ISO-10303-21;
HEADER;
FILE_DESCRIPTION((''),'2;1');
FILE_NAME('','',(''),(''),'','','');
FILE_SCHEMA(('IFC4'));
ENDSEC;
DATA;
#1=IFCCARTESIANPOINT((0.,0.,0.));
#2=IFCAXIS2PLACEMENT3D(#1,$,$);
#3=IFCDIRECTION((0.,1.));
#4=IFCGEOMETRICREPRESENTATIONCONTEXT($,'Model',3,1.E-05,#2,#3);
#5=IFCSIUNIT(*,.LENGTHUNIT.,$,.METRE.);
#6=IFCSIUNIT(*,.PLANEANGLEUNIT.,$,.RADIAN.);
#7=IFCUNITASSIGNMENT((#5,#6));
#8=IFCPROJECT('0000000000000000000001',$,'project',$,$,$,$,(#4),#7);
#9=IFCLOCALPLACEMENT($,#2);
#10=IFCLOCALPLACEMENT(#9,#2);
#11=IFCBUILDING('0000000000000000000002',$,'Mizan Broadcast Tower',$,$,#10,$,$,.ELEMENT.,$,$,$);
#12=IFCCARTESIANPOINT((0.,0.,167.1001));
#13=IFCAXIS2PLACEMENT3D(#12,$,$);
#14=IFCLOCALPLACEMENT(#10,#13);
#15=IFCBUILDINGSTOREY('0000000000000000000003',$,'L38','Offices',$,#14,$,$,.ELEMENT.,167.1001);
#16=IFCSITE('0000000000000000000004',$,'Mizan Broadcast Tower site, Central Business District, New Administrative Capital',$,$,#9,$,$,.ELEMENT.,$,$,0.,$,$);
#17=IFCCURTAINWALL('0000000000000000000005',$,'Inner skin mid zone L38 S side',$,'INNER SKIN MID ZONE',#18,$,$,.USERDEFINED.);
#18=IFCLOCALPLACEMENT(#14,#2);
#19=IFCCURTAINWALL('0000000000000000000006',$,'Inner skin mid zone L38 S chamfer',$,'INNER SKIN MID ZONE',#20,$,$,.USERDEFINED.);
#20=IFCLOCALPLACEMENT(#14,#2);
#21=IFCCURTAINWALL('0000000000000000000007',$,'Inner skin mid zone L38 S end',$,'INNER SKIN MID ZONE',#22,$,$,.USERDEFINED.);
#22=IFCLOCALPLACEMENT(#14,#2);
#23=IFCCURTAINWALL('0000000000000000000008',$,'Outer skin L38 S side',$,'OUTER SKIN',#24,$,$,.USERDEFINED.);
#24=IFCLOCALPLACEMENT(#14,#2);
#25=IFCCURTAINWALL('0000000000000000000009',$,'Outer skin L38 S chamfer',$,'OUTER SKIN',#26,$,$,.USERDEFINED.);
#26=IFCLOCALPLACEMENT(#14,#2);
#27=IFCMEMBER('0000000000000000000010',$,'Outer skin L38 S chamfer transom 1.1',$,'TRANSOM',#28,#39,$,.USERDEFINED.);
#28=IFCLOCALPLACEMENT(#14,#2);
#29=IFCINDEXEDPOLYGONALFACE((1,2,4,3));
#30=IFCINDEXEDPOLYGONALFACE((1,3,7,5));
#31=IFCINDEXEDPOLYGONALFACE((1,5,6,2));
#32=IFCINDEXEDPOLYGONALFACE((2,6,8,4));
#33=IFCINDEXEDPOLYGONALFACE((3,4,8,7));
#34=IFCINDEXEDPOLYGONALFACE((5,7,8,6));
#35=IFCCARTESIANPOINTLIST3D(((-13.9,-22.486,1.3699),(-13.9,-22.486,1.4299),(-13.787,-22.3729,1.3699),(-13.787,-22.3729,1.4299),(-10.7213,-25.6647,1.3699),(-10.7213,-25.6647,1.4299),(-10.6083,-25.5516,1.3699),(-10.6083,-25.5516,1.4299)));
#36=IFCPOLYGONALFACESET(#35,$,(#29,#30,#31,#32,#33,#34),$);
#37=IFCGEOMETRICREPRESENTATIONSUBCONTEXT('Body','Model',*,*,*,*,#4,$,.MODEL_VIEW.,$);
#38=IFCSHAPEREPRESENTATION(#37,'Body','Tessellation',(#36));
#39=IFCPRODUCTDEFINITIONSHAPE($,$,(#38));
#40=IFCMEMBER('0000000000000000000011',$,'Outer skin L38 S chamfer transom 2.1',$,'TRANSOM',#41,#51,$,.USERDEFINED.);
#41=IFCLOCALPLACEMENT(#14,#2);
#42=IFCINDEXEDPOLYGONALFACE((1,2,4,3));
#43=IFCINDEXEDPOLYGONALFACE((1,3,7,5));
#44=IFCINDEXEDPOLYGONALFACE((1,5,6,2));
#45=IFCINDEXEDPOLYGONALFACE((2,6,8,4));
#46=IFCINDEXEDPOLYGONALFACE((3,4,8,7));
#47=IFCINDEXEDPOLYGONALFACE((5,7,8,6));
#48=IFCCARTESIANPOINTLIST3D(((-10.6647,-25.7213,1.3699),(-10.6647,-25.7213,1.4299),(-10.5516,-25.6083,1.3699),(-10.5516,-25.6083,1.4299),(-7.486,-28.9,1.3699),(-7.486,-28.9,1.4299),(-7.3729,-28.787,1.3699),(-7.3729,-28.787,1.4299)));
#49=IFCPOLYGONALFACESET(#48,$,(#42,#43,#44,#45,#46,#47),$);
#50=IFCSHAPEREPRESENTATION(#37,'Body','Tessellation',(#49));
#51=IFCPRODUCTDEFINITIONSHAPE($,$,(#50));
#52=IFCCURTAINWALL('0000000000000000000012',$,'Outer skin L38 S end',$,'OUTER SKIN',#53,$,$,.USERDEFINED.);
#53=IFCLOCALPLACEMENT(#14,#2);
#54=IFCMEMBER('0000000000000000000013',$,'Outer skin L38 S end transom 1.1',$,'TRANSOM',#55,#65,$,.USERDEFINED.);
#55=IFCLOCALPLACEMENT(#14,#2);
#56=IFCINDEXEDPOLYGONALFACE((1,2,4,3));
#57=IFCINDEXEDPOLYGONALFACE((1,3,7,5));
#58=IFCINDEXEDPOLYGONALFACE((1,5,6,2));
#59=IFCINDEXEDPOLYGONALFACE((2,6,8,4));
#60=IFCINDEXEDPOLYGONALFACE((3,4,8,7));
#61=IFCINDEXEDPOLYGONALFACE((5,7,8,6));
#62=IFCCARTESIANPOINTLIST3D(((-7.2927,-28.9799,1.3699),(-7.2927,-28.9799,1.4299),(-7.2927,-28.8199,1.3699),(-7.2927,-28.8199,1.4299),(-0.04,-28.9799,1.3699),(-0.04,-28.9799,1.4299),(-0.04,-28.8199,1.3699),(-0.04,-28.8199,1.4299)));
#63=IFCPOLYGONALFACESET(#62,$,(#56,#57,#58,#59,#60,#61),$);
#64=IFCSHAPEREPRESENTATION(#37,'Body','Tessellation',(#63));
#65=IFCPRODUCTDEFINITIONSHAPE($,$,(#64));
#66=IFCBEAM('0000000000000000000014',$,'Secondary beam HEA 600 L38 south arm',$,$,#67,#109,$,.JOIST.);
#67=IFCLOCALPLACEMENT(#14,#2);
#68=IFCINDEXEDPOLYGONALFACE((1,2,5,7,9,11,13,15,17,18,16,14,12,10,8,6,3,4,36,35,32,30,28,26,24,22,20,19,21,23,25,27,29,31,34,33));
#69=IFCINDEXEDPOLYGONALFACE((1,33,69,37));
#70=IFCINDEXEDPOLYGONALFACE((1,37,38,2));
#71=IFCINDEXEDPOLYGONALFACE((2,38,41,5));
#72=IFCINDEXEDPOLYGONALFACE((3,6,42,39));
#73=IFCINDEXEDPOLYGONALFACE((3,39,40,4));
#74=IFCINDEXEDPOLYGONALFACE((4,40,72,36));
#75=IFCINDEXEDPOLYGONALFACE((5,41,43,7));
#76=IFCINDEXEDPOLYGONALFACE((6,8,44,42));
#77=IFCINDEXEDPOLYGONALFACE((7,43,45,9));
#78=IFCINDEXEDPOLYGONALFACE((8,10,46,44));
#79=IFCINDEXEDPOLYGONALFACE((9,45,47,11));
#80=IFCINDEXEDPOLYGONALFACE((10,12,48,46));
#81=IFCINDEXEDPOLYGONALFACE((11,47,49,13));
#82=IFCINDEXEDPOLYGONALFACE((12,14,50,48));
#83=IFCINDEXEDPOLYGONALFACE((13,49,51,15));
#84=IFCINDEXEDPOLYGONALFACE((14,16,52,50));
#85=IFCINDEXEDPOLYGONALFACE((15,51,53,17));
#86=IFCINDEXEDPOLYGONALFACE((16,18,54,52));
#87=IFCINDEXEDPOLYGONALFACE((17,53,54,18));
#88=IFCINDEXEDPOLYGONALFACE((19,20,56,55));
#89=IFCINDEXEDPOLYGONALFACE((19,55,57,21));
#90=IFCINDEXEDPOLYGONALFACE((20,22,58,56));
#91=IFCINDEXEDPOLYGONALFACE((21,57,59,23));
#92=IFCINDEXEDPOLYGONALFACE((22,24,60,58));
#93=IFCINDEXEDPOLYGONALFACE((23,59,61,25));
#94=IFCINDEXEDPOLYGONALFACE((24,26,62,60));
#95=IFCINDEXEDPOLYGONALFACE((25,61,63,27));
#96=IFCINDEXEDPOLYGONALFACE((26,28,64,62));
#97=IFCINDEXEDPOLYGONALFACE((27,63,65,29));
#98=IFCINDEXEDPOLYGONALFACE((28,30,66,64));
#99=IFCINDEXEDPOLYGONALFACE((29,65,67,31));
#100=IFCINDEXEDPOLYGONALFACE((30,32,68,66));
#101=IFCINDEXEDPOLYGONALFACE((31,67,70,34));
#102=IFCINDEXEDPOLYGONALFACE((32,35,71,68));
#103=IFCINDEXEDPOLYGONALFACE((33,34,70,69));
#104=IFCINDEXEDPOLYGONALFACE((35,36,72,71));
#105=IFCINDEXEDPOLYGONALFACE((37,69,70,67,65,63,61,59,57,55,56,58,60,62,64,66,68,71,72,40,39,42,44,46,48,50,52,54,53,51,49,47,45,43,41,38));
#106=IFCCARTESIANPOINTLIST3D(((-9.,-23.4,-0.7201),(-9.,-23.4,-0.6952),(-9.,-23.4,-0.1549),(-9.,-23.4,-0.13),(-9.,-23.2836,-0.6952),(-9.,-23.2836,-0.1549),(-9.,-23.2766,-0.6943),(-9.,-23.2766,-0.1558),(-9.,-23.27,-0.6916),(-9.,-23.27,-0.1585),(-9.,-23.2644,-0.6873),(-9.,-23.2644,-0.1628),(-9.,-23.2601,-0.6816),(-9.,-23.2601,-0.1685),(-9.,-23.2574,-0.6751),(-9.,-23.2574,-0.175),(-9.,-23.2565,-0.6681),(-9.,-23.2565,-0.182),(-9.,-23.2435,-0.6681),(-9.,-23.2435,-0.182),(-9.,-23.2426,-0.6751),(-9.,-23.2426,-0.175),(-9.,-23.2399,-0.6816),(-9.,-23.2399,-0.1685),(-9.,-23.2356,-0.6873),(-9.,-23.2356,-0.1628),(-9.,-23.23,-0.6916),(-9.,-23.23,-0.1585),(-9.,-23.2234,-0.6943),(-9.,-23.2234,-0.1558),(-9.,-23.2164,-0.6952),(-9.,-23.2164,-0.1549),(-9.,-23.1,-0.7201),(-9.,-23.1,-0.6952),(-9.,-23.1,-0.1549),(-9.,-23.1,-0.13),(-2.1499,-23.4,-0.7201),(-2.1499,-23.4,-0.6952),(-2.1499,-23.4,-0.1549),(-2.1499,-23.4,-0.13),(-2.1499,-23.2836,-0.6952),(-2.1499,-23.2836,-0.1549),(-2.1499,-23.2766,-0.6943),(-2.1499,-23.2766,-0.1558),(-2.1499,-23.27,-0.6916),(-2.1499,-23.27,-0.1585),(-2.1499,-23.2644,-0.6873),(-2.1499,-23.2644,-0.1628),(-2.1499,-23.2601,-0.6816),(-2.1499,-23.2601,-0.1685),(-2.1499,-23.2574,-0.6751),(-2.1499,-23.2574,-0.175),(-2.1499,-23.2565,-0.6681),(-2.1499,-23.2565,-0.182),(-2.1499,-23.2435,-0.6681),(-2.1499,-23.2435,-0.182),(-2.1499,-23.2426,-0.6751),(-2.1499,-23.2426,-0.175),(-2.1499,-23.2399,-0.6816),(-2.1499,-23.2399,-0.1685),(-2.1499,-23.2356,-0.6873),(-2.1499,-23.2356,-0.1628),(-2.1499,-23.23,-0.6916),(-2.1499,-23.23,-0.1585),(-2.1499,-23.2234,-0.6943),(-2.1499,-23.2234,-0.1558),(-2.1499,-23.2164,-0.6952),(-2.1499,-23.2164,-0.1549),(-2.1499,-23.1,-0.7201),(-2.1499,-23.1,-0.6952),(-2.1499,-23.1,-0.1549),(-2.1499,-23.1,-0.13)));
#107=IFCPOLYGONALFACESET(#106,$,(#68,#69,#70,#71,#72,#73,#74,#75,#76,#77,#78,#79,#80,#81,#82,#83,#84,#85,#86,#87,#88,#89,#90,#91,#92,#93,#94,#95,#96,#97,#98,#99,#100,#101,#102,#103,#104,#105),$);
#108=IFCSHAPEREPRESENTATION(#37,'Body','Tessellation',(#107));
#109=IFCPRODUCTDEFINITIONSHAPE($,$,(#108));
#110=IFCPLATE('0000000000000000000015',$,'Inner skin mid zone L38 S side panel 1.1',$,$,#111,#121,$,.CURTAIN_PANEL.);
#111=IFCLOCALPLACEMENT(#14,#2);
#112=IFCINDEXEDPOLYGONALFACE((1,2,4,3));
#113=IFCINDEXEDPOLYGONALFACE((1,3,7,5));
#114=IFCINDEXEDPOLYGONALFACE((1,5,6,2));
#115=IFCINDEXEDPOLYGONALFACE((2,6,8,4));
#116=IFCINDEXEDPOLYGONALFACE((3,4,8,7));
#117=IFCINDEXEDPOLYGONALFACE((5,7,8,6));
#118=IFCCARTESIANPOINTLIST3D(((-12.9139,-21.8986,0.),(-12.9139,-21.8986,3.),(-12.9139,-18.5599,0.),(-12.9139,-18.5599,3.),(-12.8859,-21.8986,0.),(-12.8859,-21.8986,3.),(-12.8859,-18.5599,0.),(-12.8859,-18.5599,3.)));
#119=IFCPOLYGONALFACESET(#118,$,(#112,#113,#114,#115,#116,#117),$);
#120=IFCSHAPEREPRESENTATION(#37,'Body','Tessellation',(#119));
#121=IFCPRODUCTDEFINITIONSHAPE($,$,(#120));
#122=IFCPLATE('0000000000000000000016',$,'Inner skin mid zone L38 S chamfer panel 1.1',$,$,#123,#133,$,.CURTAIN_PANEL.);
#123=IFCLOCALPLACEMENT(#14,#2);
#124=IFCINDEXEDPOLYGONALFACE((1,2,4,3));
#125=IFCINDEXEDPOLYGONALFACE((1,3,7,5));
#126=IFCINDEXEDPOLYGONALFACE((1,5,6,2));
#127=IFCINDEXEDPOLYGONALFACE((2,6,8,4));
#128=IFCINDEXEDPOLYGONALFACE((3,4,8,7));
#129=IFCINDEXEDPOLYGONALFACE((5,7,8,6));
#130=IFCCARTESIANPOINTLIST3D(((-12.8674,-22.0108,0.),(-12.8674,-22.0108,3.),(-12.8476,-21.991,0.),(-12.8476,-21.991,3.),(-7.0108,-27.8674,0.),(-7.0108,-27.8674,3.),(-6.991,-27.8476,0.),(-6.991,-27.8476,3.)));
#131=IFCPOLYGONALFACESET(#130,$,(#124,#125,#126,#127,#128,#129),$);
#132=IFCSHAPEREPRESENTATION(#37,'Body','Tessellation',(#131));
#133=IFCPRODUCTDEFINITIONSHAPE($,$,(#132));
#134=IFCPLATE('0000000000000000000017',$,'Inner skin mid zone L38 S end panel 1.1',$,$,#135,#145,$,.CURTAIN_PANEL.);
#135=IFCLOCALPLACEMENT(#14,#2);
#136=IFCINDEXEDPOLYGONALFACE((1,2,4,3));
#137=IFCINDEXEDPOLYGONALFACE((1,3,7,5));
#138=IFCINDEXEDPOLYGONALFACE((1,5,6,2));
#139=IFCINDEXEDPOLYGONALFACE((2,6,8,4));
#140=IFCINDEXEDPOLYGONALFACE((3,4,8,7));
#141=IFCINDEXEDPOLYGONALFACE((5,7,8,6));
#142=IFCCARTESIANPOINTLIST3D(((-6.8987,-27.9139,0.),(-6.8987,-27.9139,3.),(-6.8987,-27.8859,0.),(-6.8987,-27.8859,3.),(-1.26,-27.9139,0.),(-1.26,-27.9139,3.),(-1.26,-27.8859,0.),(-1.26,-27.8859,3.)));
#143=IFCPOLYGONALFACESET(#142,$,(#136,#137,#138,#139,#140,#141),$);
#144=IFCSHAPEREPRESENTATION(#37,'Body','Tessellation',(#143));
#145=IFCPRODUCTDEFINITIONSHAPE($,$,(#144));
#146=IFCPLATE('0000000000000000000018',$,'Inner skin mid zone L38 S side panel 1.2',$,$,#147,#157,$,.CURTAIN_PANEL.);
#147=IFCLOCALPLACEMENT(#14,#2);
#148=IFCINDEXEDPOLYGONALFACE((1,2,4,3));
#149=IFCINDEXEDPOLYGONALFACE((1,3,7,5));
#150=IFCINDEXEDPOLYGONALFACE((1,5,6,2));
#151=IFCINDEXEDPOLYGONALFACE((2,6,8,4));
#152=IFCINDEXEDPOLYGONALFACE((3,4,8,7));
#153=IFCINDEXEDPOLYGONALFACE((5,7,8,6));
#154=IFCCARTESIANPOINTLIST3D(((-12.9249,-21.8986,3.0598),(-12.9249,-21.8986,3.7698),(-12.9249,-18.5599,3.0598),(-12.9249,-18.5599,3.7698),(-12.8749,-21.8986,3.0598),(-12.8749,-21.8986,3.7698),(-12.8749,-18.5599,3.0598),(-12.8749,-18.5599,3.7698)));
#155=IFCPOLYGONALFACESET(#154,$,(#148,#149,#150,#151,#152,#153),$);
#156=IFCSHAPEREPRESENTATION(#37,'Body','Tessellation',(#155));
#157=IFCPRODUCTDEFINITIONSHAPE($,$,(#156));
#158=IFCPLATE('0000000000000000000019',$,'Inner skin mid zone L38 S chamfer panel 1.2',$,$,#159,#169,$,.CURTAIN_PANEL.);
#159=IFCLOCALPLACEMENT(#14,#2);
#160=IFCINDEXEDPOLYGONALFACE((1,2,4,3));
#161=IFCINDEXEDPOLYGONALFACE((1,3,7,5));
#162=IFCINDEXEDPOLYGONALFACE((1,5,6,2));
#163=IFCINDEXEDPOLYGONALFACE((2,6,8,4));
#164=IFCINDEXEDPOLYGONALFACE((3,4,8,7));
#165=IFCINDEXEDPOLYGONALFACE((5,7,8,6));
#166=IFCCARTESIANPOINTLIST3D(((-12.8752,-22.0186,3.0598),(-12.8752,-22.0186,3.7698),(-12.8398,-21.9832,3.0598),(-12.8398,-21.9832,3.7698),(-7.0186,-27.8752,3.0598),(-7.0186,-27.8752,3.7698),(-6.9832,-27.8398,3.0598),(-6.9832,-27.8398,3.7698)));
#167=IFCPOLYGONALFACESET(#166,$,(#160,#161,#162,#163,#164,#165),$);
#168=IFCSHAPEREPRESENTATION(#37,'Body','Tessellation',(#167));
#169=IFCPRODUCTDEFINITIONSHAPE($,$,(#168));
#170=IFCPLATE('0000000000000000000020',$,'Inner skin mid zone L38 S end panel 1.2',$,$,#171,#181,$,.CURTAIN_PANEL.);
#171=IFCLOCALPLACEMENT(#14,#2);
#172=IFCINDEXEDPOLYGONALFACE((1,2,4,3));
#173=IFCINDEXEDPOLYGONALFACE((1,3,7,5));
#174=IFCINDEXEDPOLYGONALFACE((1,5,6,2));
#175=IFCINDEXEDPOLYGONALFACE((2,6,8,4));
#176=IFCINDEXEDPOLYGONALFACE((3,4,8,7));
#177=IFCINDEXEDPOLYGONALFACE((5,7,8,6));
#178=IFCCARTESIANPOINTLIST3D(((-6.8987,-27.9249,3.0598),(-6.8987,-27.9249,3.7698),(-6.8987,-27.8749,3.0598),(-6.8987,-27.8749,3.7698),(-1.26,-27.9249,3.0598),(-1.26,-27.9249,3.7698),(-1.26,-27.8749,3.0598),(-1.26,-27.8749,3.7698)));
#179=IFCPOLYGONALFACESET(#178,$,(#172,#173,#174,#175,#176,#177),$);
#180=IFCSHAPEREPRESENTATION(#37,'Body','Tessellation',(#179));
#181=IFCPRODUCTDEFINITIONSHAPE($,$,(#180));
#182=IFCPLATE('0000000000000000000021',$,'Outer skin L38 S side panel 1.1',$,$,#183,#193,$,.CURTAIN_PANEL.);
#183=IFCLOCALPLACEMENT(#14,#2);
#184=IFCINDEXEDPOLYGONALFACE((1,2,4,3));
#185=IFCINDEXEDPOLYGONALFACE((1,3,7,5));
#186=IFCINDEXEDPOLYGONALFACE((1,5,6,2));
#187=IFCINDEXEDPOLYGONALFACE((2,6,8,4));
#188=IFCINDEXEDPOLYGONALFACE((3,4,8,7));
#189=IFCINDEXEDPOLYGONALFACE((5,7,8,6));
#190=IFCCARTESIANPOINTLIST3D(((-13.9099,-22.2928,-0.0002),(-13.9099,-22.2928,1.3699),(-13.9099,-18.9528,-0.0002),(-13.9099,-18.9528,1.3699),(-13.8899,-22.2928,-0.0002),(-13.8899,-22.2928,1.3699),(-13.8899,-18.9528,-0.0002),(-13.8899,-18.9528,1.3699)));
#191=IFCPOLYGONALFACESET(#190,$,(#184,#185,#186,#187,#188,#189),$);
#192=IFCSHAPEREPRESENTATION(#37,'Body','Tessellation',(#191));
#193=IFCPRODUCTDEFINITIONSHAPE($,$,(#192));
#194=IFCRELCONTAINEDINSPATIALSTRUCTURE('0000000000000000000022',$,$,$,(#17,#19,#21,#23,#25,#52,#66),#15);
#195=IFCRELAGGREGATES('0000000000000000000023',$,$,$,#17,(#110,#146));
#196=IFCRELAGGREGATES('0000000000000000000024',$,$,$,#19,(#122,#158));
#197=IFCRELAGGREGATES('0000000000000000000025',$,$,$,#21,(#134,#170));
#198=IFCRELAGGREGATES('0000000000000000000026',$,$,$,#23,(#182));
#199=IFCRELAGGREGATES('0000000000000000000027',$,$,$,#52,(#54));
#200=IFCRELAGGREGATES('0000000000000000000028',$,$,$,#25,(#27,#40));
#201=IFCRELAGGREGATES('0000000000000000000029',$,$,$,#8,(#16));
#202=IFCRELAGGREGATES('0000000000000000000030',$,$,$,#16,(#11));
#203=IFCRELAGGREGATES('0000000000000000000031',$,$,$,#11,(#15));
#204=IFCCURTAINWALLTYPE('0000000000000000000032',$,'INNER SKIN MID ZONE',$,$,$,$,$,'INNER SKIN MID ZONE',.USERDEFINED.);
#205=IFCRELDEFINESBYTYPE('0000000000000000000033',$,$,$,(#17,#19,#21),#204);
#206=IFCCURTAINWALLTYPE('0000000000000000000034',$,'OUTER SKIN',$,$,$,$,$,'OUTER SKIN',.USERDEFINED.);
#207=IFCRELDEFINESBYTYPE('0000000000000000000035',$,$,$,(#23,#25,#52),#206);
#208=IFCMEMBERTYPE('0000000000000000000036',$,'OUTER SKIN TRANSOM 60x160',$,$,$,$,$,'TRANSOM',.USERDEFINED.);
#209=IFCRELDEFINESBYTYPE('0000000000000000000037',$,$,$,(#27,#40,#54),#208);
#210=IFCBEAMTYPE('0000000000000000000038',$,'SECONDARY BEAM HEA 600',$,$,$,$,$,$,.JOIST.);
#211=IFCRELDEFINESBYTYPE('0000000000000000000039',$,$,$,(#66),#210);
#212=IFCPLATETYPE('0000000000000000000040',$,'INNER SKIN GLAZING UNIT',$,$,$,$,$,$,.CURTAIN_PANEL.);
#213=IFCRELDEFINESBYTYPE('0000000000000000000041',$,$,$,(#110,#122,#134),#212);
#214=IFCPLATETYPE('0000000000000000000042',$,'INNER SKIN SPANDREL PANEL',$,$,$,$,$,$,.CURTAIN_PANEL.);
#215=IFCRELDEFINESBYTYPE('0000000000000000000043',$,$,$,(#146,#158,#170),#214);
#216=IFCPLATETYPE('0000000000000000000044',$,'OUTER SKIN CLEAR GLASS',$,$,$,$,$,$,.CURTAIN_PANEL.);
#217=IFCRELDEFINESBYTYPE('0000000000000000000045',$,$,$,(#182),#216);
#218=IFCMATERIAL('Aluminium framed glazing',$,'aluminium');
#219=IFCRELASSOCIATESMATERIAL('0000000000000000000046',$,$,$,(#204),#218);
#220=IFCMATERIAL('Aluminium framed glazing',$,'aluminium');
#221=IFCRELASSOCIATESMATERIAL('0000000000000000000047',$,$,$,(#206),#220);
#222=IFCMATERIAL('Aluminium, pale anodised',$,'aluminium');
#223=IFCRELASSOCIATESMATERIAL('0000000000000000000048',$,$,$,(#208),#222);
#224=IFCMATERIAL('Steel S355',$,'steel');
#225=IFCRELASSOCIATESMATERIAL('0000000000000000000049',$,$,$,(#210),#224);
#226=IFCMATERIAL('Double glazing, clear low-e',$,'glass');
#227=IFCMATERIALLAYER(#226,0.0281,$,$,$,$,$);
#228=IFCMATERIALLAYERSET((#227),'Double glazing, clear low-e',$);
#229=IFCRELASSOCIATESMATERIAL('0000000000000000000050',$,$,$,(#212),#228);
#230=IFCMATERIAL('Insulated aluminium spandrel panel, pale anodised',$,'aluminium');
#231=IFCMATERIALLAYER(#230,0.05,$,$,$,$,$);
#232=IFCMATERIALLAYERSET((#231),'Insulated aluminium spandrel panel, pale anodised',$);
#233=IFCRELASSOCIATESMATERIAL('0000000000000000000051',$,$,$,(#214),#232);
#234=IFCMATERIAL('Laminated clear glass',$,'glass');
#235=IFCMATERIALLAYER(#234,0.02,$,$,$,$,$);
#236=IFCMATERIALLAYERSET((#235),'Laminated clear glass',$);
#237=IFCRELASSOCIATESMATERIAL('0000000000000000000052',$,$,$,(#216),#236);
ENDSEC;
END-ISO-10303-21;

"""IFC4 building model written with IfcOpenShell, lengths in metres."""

from ifc_helpers import new_model, si_unit, direction, frame, origin, origin_2d, place, context, subcontext, project, spatial, rectangle, i_section, extrude, material, layer, layer_set, material_profile, profile_set, type_object, element, aggregate, save


model = new_model("IFC4")

# Units and contexts
model_context = context("Model", 3, precision=1e-05, world=origin(), true_north=direction((0.0, 1.0)))
body_context = subcontext(model_context, "Body", "Model", "MODEL_VIEW")
ifc_project = project(units=[si_unit("LENGTHUNIT", "METRE"), si_unit("PLANEANGLEUNIT", "RADIAN")], contexts=[model_context])

# Site, building, storey
site_placement = place(None, origin())
site = spatial("IfcSite", under=ifc_project, at=site_placement, Name="Mizan Broadcast Tower site, Central Business District, New Administrative Capital", CompositionType="ELEMENT", RefElevation=0.0)
building_placement = place(site_placement, origin())
building = spatial("IfcBuilding", under=site, at=building_placement, Name="Mizan Broadcast Tower", CompositionType="ELEMENT")
storey_placement = place(building_placement, frame((0.0, 0.0, 167.1001)))
storey = spatial("IfcBuildingStorey", under=building, at=storey_placement, Name="L38", Description="Offices", CompositionType="ELEMENT", Elevation=167.1001)

# Curtain walls
ifc_material_1 = material(Name="Aluminium framed glazing", Category="aluminium")
curtain_wall_type_1 = type_object("IfcCurtainWallType", Name="INNER SKIN MID ZONE", ElementType="INNER SKIN MID ZONE", PredefinedType="USERDEFINED", material=ifc_material_1)
curtain_wall_1_placement = place(storey_placement, origin())
curtain_wall_1 = element("IfcCurtainWall", 1, at=curtain_wall_1_placement, inside=storey, type_object=curtain_wall_type_1, Name="Inner skin mid zone L38 S side", ObjectType="INNER SKIN MID ZONE", PredefinedType="USERDEFINED")
curtain_wall_2_placement = place(storey_placement, origin())
curtain_wall_2 = element("IfcCurtainWall", 2, at=curtain_wall_2_placement, inside=storey, type_object=curtain_wall_type_1, Name="Inner skin mid zone L38 S chamfer", ObjectType="INNER SKIN MID ZONE", PredefinedType="USERDEFINED")
curtain_wall_3_placement = place(storey_placement, origin())
curtain_wall_3 = element("IfcCurtainWall", 3, at=curtain_wall_3_placement, inside=storey, type_object=curtain_wall_type_1, Name="Inner skin mid zone L38 S end", ObjectType="INNER SKIN MID ZONE", PredefinedType="USERDEFINED")

# Curtain wall
ifc_material_2 = material(Name="Aluminium framed glazing", Category="aluminium")
curtain_wall_type_2 = type_object("IfcCurtainWallType", Name="OUTER SKIN", ElementType="OUTER SKIN", PredefinedType="USERDEFINED", material=ifc_material_2)
curtain_wall_4_placement = place(storey_placement, origin())
curtain_wall_4 = element("IfcCurtainWall", 4, at=curtain_wall_4_placement, inside=storey, type_object=curtain_wall_type_2, Name="Outer skin L38 S side", ObjectType="OUTER SKIN", PredefinedType="USERDEFINED")

# Curtain wall, members
curtain_wall_5_placement = place(storey_placement, origin())
curtain_wall_5 = element("IfcCurtainWall", 5, at=curtain_wall_5_placement, inside=storey, type_object=curtain_wall_type_2, Name="Outer skin L38 S chamfer", ObjectType="OUTER SKIN", PredefinedType="USERDEFINED")
ifc_material_3 = material(Name="Aluminium, pale anodised", Category="aluminium")
ifc_material_profile_1 = material_profile(ifc_material_3, rectangle(XDim=0.1599, YDim=0.0601, at=origin_2d()), Name="TRANSOM 160x60")
ifc_profile_set_1 = profile_set([ifc_material_profile_1], Name="Aluminium, pale anodised")
member_type_1 = type_object("IfcMemberType", Name="OUTER SKIN TRANSOM 60x160", ElementType="TRANSOM", PredefinedType="USERDEFINED", material=ifc_profile_set_1)
member_1_placement = place(storey_placement, frame((-13.8435, -22.4294, 1.3999), z_axis=(0.707107, -0.707107, 0.0), x_axis=(0.707107, 0.707107, 0.0)))
member_1 = element("IfcMember", 6, at=member_1_placement, type_object=member_type_1, Name="Outer skin L38 S chamfer transom 1.1", ObjectType="TRANSOM", PredefinedType="USERDEFINED", context=body_context, shape_type="SweptSolid", body=[
    extrude(rectangle(XDim=0.1599, YDim=0.0601, at=origin_2d()), origin(), (0.0, 0.0, 1.0), 4.4954),
])
member_2_placement = place(storey_placement, frame((-10.6082, -25.6648, 1.3999), z_axis=(0.707107, -0.707107, 0.0), x_axis=(0.707107, 0.707107, 0.0)))
member_2 = element("IfcMember", 7, at=member_2_placement, type_object=member_type_1, Name="Outer skin L38 S chamfer transom 2.1", ObjectType="TRANSOM", PredefinedType="USERDEFINED", context=body_context, shape_type="SweptSolid", body=[
    extrude(rectangle(XDim=0.1599, YDim=0.0601, at=origin_2d()), origin(), (0.0, 0.0, 1.0), 4.4954),
])

# Curtain wall, member
curtain_wall_6_placement = place(storey_placement, origin())
curtain_wall_6 = element("IfcCurtainWall", 8, at=curtain_wall_6_placement, inside=storey, type_object=curtain_wall_type_2, Name="Outer skin L38 S end", ObjectType="OUTER SKIN", PredefinedType="USERDEFINED")
member_3_placement = place(storey_placement, frame((-7.2927, -28.8999, 1.3999), z_axis=(1.0, 0.0, 0.0), x_axis=(0.0, 1.0, 0.0)))
member_3 = element("IfcMember", 9, at=member_3_placement, type_object=member_type_1, Name="Outer skin L38 S end transom 1.1", ObjectType="TRANSOM", PredefinedType="USERDEFINED", context=body_context, shape_type="SweptSolid", body=[
    extrude(rectangle(XDim=0.1599, YDim=0.0601, at=origin_2d()), origin(), (0.0, 0.0, 1.0), 7.2527),
])

# Beam
ifc_material_4 = material(Name="Steel S355", Category="steel")
ifc_material_profile_2 = material_profile(ifc_material_4, i_section(OverallWidth=0.3, OverallDepth=0.5901, WebThickness=0.0129, FlangeThickness=0.0249, FilletRadius=0.0271, at=origin_2d()), Name="HEA 600")
ifc_profile_set_2 = profile_set([ifc_material_profile_2], Name="Steel S355")
beam_type_1 = type_object("IfcBeamType", Name="SECONDARY BEAM HEA 600", PredefinedType="JOIST", material=ifc_profile_set_2)
beam_1_placement = place(storey_placement, frame((-9.0, -23.25, -0.425), z_axis=(1.0, 0.0, 0.0), x_axis=(0.0, 1.0, 0.0)))
element("IfcBeam", 10, at=beam_1_placement, inside=storey, type_object=beam_type_1, Name="Secondary beam HEA 600 L38 south arm", PredefinedType="JOIST", context=body_context, shape_type="SweptSolid", body=[
    extrude(i_section(OverallWidth=0.3, OverallDepth=0.5901, WebThickness=0.0129, FlangeThickness=0.0249, FilletRadius=0.0271, at=origin_2d()), origin(), (0.0, 0.0, 1.0), 6.8501),
])

# Plates
ifc_material_5 = material(Name="Double glazing, clear low-e", Category="glass")
ifc_layer_1 = layer(ifc_material_5, 0.0281)
ifc_layer_set_1 = layer_set([ifc_layer_1], Name="Double glazing, clear low-e")
plate_type_1 = type_object("IfcPlateType", Name="INNER SKIN GLAZING UNIT", PredefinedType="CURTAIN_PANEL", material=ifc_layer_set_1)
plate_1_placement = place(storey_placement, frame((-12.8999, -20.2292, 0.0), z_axis=(0.0, 0.0, 1.0), x_axis=(0.0, -1.0, 0.0)))
plate_1 = element("IfcPlate", 11, at=plate_1_placement, type_object=plate_type_1, Name="Inner skin mid zone L38 S side panel 1.1", PredefinedType="CURTAIN_PANEL", context=body_context, shape_type="SweptSolid", body=[
    extrude(rectangle(XDim=3.3386, YDim=0.0281, at=origin_2d()), origin(), (0.0, 0.0, 1.0), 3.0),
])
plate_2_placement = place(storey_placement, frame((-9.9292, -24.9292, 0.0), z_axis=(0.0, 0.0, 1.0), x_axis=(0.707107, -0.707107, 0.0)))
plate_2 = element("IfcPlate", 12, at=plate_2_placement, type_object=plate_type_1, Name="Inner skin mid zone L38 S chamfer panel 1.1", PredefinedType="CURTAIN_PANEL", context=body_context, shape_type="SweptSolid", body=[
    extrude(rectangle(XDim=8.2825, YDim=0.0281, at=origin_2d()), origin(), (0.0, 0.0, 1.0), 3.0),
])
plate_3_placement = place(storey_placement, frame((-4.0793, -27.8999, 0.0), z_axis=(0.0, 0.0, 1.0), x_axis=(1.0, 0.0, 0.0)))
plate_3 = element("IfcPlate", 13, at=plate_3_placement, type_object=plate_type_1, Name="Inner skin mid zone L38 S end panel 1.1", PredefinedType="CURTAIN_PANEL", context=body_context, shape_type="SweptSolid", body=[
    extrude(rectangle(XDim=5.6387, YDim=0.0281, at=origin_2d()), origin(), (0.0, 0.0, 1.0), 3.0),
])
ifc_material_6 = material(Name="Insulated aluminium spandrel panel, pale anodised", Category="aluminium")
ifc_layer_2 = layer(ifc_material_6, 0.05)
ifc_layer_set_2 = layer_set([ifc_layer_2], Name="Insulated aluminium spandrel panel, pale anodised")
plate_type_2 = type_object("IfcPlateType", Name="INNER SKIN SPANDREL PANEL", PredefinedType="CURTAIN_PANEL", material=ifc_layer_set_2)
plate_4_placement = place(storey_placement, frame((-12.8999, -20.2292, 3.0598), z_axis=(0.0, 0.0, 1.0), x_axis=(0.0, -1.0, 0.0)))
plate_4 = element("IfcPlate", 14, at=plate_4_placement, type_object=plate_type_2, Name="Inner skin mid zone L38 S side panel 1.2", PredefinedType="CURTAIN_PANEL", context=body_context, shape_type="SweptSolid", body=[
    extrude(rectangle(XDim=3.3386, YDim=0.05, at=origin_2d()), origin(), (0.0, 0.0, 1.0), 0.71),
])
aggregate(curtain_wall_1, [plate_1, plate_4])
plate_5_placement = place(storey_placement, frame((-9.9292, -24.9292, 3.0598), z_axis=(0.0, 0.0, 1.0), x_axis=(0.707107, -0.707107, 0.0)))
plate_5 = element("IfcPlate", 15, at=plate_5_placement, type_object=plate_type_2, Name="Inner skin mid zone L38 S chamfer panel 1.2", PredefinedType="CURTAIN_PANEL", context=body_context, shape_type="SweptSolid", body=[
    extrude(rectangle(XDim=8.2825, YDim=0.05, at=origin_2d()), origin(), (0.0, 0.0, 1.0), 0.71),
])
aggregate(curtain_wall_2, [plate_2, plate_5])
plate_6_placement = place(storey_placement, frame((-4.0793, -27.8999, 3.0598), z_axis=(0.0, 0.0, 1.0), x_axis=(1.0, 0.0, 0.0)))
plate_6 = element("IfcPlate", 16, at=plate_6_placement, type_object=plate_type_2, Name="Inner skin mid zone L38 S end panel 1.2", PredefinedType="CURTAIN_PANEL", context=body_context, shape_type="SweptSolid", body=[
    extrude(rectangle(XDim=5.6387, YDim=0.05, at=origin_2d()), origin(), (0.0, 0.0, 1.0), 0.71),
])
aggregate(curtain_wall_3, [plate_3, plate_6])
ifc_material_7 = material(Name="Laminated clear glass", Category="glass")
ifc_layer_3 = layer(ifc_material_7, 0.02)
ifc_layer_set_3 = layer_set([ifc_layer_3], Name="Laminated clear glass")
plate_type_3 = type_object("IfcPlateType", Name="OUTER SKIN CLEAR GLASS", PredefinedType="CURTAIN_PANEL", material=ifc_layer_set_3)
plate_7_placement = place(storey_placement, frame((-13.8999, -20.6228, -0.0002), z_axis=(0.0, 0.0, 1.0), x_axis=(0.0, -1.0, 0.0)))
plate_7 = element("IfcPlate", 17, at=plate_7_placement, type_object=plate_type_3, Name="Outer skin L38 S side panel 1.1", PredefinedType="CURTAIN_PANEL", context=body_context, shape_type="SweptSolid", body=[
    extrude(rectangle(XDim=3.3401, YDim=0.02, at=origin_2d()), origin(), (0.0, 0.0, 1.0), 1.3701),
])
aggregate(curtain_wall_4, [plate_7])
aggregate(curtain_wall_6, [member_3])
aggregate(curtain_wall_5, [member_1, member_2])

save(model, "model.ifc")
